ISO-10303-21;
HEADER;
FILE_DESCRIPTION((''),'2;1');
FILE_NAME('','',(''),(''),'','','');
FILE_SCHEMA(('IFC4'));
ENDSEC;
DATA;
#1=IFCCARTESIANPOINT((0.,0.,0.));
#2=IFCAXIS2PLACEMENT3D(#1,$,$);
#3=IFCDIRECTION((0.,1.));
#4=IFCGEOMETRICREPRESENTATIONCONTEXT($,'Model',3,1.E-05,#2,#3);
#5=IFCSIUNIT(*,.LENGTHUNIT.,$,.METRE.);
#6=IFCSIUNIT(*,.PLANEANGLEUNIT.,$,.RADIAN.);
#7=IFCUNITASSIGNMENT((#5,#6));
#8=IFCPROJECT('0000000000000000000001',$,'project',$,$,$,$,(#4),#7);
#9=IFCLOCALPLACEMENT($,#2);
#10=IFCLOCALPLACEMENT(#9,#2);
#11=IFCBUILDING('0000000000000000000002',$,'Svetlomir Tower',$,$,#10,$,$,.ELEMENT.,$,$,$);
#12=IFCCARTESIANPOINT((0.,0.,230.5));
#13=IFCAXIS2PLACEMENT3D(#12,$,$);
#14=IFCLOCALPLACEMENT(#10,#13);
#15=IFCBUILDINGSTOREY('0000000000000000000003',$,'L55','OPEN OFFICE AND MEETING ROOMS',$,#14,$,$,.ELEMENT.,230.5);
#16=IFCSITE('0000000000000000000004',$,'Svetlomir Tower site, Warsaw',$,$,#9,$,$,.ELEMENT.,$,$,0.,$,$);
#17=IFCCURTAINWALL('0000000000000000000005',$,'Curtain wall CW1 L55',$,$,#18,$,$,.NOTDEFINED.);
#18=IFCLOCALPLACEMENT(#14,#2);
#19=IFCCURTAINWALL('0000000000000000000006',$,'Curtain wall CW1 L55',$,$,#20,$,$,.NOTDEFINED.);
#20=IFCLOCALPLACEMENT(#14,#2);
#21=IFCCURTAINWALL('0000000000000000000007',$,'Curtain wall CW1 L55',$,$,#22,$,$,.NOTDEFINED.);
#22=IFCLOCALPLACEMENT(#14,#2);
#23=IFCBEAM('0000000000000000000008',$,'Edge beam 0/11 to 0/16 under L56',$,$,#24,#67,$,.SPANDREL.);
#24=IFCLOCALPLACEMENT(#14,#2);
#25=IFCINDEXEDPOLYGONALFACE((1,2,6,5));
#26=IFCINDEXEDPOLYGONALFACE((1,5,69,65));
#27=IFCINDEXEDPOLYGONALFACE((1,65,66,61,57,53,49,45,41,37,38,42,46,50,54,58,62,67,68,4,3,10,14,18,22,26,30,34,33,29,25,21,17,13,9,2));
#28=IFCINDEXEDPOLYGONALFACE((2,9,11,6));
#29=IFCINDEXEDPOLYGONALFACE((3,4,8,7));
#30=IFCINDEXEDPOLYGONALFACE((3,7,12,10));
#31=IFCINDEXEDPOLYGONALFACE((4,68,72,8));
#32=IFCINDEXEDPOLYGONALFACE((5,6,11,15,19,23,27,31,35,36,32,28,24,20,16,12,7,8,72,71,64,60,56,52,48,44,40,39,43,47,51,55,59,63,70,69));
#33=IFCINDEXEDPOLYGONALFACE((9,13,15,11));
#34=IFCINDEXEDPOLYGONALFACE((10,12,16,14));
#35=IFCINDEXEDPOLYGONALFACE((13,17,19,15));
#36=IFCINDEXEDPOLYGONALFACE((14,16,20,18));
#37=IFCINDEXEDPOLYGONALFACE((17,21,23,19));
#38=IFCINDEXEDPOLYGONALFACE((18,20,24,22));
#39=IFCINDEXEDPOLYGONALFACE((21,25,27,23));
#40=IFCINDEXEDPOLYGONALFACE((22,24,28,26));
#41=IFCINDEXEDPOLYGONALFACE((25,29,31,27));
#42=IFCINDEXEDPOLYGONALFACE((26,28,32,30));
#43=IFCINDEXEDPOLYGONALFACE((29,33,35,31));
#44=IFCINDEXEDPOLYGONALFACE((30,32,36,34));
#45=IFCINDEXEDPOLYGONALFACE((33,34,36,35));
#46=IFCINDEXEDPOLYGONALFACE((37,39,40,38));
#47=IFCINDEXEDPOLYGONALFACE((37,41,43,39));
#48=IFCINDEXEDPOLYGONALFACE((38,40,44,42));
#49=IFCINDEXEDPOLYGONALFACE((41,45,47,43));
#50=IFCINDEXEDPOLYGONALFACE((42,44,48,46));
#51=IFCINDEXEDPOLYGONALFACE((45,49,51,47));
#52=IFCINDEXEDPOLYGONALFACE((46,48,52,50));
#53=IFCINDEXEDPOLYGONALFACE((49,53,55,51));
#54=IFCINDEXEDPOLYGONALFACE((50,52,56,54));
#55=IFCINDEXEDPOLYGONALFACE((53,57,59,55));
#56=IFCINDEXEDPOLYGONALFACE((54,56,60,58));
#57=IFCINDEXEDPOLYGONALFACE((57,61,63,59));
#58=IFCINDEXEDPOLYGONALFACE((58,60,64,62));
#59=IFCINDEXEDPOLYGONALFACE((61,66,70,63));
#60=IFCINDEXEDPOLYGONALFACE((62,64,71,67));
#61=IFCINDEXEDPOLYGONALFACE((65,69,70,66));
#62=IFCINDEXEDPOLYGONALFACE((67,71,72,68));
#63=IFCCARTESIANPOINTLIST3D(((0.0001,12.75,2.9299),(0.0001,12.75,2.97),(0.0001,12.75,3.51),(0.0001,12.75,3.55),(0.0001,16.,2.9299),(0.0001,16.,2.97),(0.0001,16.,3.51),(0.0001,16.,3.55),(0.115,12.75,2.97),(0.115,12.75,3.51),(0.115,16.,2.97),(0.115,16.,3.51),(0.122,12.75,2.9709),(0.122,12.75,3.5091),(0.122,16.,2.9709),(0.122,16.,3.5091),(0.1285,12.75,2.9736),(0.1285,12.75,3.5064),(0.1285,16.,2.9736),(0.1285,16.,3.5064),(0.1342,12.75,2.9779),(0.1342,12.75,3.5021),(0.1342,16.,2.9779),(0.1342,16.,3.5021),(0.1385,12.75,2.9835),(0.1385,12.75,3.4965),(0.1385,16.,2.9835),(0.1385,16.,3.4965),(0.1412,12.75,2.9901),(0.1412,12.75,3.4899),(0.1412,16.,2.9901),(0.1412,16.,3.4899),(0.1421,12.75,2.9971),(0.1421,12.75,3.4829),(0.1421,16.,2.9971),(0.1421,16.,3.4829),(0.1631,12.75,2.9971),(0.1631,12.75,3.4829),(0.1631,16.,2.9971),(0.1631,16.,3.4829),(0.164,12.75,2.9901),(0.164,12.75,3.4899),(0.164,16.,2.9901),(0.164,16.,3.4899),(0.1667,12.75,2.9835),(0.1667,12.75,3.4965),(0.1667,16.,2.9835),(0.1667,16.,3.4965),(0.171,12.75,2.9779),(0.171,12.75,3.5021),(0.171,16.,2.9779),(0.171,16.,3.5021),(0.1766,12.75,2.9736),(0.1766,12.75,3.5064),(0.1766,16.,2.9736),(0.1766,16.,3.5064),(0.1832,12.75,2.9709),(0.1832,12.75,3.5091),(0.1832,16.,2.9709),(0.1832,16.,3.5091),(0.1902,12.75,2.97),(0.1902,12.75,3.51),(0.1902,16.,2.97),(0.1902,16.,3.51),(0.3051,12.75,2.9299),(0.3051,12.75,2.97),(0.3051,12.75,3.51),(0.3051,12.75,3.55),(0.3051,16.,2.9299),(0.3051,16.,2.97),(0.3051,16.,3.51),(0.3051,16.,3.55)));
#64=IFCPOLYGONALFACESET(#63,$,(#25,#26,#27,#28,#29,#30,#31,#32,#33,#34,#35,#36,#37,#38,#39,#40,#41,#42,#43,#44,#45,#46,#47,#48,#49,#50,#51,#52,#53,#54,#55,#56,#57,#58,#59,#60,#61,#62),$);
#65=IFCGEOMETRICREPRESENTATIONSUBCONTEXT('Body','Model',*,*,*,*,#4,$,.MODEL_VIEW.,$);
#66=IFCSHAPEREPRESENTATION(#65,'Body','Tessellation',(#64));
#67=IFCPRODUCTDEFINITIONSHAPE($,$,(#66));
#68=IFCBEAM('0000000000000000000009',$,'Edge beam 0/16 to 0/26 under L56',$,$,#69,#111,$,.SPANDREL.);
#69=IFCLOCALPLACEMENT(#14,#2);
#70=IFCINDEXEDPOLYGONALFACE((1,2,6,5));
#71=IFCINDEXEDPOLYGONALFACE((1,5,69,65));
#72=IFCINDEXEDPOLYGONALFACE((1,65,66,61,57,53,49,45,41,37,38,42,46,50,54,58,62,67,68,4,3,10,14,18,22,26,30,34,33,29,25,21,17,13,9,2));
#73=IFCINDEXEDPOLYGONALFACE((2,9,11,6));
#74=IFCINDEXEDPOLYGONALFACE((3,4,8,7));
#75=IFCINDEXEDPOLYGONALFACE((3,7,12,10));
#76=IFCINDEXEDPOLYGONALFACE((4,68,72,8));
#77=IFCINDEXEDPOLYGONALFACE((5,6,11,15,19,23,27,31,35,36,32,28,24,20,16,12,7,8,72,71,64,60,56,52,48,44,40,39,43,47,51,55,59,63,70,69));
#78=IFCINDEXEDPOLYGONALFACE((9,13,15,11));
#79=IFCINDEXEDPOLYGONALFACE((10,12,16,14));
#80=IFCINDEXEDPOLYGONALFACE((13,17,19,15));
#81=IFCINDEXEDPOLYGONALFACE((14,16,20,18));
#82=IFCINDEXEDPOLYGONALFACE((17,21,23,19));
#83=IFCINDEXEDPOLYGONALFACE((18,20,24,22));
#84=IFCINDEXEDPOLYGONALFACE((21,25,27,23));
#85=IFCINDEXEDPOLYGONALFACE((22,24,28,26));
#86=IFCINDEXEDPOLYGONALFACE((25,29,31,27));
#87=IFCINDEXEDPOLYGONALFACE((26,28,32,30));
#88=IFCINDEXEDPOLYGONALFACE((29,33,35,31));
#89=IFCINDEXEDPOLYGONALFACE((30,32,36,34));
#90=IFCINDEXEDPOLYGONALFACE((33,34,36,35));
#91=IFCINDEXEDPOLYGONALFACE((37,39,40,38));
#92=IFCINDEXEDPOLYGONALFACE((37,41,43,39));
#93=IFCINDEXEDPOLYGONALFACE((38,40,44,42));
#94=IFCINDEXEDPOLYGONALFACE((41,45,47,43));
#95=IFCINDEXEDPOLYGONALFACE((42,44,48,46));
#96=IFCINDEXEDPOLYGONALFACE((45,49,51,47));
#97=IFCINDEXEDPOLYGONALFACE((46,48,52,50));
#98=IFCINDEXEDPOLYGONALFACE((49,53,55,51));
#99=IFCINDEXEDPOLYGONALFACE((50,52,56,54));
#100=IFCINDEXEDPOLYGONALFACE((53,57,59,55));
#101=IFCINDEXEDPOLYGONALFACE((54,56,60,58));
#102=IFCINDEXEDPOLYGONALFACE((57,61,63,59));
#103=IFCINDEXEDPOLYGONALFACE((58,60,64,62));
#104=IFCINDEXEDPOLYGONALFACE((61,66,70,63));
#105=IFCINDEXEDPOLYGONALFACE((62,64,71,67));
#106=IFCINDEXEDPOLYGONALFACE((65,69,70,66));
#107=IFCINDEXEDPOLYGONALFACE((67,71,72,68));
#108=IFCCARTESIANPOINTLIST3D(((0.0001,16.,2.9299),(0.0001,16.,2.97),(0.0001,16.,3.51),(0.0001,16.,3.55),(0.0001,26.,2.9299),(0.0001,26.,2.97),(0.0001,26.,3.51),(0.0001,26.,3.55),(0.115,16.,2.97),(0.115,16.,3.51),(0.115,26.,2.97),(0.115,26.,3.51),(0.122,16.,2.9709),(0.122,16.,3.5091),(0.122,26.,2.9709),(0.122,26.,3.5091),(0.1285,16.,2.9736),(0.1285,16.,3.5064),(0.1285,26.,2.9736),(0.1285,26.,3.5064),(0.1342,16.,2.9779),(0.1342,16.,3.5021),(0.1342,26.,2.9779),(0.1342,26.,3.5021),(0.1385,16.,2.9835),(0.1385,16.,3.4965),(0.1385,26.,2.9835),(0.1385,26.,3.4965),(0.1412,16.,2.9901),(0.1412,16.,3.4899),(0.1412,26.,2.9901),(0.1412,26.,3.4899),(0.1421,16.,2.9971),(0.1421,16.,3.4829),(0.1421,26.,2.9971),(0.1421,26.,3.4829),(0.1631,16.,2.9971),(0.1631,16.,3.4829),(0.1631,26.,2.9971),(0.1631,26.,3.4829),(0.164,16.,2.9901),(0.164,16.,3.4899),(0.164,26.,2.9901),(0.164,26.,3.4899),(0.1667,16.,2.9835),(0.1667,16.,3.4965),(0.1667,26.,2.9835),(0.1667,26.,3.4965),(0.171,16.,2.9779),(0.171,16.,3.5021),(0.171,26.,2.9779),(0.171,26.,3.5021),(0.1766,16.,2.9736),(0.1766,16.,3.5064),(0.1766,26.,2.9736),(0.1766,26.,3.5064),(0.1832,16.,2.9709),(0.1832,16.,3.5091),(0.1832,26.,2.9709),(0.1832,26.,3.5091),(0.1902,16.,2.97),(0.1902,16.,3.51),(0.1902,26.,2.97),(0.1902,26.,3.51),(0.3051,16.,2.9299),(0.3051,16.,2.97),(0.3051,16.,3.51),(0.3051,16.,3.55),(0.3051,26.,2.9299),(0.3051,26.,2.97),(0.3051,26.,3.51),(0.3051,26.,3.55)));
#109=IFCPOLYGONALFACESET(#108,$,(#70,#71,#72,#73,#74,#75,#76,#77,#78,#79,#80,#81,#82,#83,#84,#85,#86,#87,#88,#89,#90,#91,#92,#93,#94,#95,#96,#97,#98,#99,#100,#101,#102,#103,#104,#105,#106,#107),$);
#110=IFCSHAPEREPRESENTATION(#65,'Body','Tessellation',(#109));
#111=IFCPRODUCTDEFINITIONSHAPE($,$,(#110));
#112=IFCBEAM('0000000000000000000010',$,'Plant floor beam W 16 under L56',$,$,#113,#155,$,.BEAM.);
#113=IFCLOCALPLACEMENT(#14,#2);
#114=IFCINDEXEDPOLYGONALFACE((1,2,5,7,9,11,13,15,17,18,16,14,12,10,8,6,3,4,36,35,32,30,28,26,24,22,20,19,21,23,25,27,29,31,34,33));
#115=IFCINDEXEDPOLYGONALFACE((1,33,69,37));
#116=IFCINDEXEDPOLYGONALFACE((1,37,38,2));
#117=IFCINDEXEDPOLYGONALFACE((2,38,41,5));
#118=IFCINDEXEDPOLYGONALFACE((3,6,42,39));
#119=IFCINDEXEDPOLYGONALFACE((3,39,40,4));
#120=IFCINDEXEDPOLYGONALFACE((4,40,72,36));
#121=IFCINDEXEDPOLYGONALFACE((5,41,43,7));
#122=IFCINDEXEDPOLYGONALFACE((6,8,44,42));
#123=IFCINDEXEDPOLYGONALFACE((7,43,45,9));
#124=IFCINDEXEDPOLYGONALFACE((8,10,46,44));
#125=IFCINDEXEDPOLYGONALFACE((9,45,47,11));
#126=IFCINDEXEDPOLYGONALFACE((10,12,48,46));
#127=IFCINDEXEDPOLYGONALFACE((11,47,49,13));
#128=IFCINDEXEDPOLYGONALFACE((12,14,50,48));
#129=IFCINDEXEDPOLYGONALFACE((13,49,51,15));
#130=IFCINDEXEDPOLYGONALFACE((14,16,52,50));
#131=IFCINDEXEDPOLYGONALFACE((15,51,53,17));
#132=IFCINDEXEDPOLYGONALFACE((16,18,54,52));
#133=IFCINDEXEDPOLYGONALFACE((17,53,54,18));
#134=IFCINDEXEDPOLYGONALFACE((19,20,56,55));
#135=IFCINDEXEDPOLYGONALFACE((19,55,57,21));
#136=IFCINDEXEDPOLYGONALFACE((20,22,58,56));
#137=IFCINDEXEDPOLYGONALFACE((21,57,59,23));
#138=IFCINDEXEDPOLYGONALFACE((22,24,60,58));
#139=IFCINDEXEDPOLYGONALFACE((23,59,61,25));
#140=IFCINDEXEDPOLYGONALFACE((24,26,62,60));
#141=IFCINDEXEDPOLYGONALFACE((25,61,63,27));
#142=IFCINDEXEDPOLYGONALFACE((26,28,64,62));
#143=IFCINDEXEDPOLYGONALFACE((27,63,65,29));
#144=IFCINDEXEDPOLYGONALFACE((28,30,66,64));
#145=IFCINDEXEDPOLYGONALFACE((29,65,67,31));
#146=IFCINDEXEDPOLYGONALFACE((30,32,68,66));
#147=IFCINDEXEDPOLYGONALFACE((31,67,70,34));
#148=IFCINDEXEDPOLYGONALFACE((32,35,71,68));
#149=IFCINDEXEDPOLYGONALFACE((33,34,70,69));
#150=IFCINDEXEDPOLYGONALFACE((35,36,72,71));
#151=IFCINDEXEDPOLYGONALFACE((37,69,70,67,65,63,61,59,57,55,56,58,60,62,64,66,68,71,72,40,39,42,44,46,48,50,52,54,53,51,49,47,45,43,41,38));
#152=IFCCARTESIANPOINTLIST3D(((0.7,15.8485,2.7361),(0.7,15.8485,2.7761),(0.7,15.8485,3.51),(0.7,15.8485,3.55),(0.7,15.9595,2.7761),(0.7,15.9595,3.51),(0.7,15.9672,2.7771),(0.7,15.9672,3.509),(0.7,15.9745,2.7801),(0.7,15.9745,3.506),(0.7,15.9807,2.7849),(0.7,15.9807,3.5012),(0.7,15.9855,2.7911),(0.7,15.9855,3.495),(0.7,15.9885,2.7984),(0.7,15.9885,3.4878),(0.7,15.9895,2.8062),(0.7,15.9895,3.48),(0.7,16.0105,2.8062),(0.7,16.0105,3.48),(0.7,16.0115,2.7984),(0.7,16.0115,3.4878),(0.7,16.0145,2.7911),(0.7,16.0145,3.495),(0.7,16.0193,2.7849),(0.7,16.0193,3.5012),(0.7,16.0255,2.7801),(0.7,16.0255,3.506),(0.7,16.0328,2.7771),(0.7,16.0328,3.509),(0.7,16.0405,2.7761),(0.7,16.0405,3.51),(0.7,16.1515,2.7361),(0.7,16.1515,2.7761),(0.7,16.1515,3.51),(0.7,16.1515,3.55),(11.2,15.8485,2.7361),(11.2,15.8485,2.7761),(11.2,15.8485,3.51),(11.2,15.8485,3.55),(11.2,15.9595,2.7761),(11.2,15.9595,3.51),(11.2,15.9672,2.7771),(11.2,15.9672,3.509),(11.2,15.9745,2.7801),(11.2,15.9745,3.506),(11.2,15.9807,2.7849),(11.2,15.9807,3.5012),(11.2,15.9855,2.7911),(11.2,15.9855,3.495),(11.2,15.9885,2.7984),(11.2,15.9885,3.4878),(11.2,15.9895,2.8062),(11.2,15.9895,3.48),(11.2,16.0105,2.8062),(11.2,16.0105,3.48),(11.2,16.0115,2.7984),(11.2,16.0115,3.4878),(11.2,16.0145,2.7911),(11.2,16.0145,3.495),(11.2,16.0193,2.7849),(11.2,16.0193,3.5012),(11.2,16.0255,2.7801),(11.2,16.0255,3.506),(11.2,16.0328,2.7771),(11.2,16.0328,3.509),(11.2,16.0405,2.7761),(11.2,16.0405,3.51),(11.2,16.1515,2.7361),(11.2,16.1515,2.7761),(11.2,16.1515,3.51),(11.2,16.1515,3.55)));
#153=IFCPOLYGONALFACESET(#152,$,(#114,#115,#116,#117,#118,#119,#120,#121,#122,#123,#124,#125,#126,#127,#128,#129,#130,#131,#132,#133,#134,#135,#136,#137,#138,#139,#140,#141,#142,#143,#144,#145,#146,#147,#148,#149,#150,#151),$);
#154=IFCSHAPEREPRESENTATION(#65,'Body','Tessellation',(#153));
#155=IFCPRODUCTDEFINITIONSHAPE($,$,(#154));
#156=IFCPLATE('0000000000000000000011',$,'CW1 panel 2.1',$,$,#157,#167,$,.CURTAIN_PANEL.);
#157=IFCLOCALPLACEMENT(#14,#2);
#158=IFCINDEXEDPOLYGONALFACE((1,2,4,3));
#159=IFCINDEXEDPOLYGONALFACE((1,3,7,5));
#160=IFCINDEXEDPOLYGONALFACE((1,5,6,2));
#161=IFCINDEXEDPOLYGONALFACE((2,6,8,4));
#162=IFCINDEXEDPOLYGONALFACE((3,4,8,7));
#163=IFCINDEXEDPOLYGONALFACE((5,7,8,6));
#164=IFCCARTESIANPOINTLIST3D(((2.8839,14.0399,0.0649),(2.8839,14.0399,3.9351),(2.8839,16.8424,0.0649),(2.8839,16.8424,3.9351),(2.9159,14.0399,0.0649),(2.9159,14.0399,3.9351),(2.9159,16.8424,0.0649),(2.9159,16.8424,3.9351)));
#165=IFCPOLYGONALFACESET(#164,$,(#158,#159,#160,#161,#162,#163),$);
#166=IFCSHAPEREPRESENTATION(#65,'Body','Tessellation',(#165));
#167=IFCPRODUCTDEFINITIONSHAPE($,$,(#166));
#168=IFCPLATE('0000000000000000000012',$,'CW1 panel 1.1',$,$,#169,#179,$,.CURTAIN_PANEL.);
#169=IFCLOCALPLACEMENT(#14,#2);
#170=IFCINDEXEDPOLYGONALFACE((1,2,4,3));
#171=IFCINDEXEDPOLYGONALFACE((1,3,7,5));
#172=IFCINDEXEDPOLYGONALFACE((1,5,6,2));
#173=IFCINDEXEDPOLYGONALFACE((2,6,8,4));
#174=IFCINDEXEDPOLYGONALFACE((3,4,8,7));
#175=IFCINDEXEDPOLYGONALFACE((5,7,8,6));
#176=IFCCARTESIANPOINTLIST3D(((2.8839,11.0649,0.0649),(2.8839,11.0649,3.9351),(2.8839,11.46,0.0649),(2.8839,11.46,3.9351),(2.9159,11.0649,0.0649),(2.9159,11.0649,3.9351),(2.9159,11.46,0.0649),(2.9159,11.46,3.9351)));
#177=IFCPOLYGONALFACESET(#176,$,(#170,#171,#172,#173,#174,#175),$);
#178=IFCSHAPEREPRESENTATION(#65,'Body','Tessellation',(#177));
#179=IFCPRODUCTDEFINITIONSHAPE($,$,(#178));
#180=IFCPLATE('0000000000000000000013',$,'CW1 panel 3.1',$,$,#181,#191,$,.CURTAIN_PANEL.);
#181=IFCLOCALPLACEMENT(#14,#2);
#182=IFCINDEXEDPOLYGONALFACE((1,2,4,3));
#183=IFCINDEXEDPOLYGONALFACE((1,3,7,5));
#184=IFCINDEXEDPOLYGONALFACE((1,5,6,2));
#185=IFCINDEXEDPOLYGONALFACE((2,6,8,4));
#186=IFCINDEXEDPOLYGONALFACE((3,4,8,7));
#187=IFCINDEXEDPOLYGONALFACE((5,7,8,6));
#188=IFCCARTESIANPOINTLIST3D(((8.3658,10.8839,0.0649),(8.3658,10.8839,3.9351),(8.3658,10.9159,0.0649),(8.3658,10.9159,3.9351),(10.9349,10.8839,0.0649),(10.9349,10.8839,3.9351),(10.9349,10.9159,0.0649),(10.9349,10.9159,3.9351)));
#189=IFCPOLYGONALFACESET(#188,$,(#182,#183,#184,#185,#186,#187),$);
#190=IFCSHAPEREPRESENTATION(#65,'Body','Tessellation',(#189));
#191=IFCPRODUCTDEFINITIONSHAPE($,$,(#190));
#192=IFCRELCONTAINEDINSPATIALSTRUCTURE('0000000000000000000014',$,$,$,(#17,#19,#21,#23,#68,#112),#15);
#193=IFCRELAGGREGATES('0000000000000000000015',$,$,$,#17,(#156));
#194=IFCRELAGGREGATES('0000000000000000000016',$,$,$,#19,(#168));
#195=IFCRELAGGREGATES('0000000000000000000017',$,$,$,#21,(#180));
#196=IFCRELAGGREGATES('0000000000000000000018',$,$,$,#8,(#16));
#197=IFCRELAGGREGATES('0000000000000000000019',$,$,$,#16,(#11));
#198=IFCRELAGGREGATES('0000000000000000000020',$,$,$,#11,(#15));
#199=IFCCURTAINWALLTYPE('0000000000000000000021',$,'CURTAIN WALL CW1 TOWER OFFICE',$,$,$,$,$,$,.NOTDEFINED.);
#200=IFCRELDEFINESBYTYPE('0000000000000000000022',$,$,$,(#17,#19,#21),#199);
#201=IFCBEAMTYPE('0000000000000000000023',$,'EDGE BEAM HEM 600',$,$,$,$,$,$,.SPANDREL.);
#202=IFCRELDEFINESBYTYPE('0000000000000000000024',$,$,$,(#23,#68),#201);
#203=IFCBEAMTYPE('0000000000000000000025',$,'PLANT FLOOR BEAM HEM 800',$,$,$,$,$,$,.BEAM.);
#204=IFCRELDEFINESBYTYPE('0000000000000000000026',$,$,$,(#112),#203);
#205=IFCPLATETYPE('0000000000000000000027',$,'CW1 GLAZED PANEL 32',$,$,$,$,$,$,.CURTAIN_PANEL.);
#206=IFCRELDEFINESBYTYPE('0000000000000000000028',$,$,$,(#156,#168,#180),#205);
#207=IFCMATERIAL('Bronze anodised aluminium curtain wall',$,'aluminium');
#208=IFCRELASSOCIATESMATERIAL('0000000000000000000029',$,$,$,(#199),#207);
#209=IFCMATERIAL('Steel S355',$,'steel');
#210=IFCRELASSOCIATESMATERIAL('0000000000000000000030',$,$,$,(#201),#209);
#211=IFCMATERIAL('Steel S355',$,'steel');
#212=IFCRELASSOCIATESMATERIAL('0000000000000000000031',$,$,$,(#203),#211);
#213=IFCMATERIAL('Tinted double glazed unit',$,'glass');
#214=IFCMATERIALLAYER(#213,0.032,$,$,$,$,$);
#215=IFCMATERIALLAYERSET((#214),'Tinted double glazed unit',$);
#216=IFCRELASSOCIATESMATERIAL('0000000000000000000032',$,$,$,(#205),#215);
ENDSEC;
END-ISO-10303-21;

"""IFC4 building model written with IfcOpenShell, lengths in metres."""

from ifc_helpers import new_model, si_unit, direction, frame, origin, origin_2d, place, context, subcontext, project, spatial, rectangle, i_section, extrude, material, layer, layer_set, material_profile, profile_set, type_object, element, aggregate, save


model = new_model("IFC4")

# Units and contexts
model_context = context("Model", 3, precision=1e-05, world=origin(), true_north=direction((0.0, 1.0)))
body_context = subcontext(model_context, "Body", "Model", "MODEL_VIEW")
ifc_project = project(units=[si_unit("LENGTHUNIT", "METRE"), si_unit("PLANEANGLEUNIT", "RADIAN")], contexts=[model_context])

# Site, building, storey
site_placement = place(None, origin())
site = spatial("IfcSite", under=ifc_project, at=site_placement, Name="Svetlomir Tower site, Warsaw", CompositionType="ELEMENT", RefElevation=0.0)
building_placement = place(site_placement, origin())
building = spatial("IfcBuilding", under=site, at=building_placement, Name="Svetlomir Tower", CompositionType="ELEMENT")
storey_placement = place(building_placement, frame((0.0, 0.0, 230.5)))
storey = spatial("IfcBuildingStorey", under=building, at=storey_placement, Name="L55", Description="OPEN OFFICE AND MEETING ROOMS", CompositionType="ELEMENT", Elevation=230.5)

# Curtain wall
ifc_material_1 = material(Name="Bronze anodised aluminium curtain wall", Category="aluminium")
curtain_wall_type = type_object("IfcCurtainWallType", Name="CURTAIN WALL CW1 TOWER OFFICE", PredefinedType="NOTDEFINED", material=ifc_material_1)
curtain_wall_1_placement = place(storey_placement, origin())
curtain_wall_1 = element("IfcCurtainWall", 1, at=curtain_wall_1_placement, inside=storey, type_object=curtain_wall_type, Name="Curtain wall CW1 L55", PredefinedType="NOTDEFINED")

# Curtain wall
curtain_wall_2_placement = place(storey_placement, origin())
curtain_wall_2 = element("IfcCurtainWall", 2, at=curtain_wall_2_placement, inside=storey, type_object=curtain_wall_type, Name="Curtain wall CW1 L55", PredefinedType="NOTDEFINED")

# Curtain wall
curtain_wall_3_placement = place(storey_placement, origin())
curtain_wall_3 = element("IfcCurtainWall", 3, at=curtain_wall_3_placement, inside=storey, type_object=curtain_wall_type, Name="Curtain wall CW1 L55", PredefinedType="NOTDEFINED")

# Beams
ifc_material_2 = material(Name="Steel S355", Category="steel")
ifc_material_profile_1 = material_profile(ifc_material_2, i_section(OverallWidth=0.3049, OverallDepth=0.6201, WebThickness=0.021, FlangeThickness=0.04, FilletRadius=0.0271, at=origin_2d()), Name="HEM 600")
ifc_profile_set_1 = profile_set([ifc_material_profile_1], Name="Steel S355")
beam_type_1 = type_object("IfcBeamType", Name="EDGE BEAM HEM 600", PredefinedType="SPANDREL", material=ifc_profile_set_1)
beam_1_placement = place(storey_placement, frame((0.1526, 12.75, 3.24), z_axis=(0.0, 1.0, 0.0), x_axis=(-1.0, 0.0, 0.0)))
element("IfcBeam", 4, at=beam_1_placement, inside=storey, type_object=beam_type_1, Name="Edge beam 0/11 to 0/16 under L56", PredefinedType="SPANDREL", context=body_context, shape_type="SweptSolid", body=[
    extrude(i_section(OverallWidth=0.3049, OverallDepth=0.6201, WebThickness=0.021, FlangeThickness=0.04, FilletRadius=0.0271, at=origin_2d()), origin(), (0.0, 0.0, 1.0), 3.25),
])
beam_2_placement = place(storey_placement, frame((0.1526, 16.0, 3.24), z_axis=(0.0, 1.0, 0.0), x_axis=(-1.0, 0.0, 0.0)))
element("IfcBeam", 5, at=beam_2_placement, inside=storey, type_object=beam_type_1, Name="Edge beam 0/16 to 0/26 under L56", PredefinedType="SPANDREL", context=body_context, shape_type="SweptSolid", body=[
    extrude(i_section(OverallWidth=0.3049, OverallDepth=0.6201, WebThickness=0.021, FlangeThickness=0.04, FilletRadius=0.0271, at=origin_2d()), origin(), (0.0, 0.0, 1.0), 10.0),
])
ifc_material_3 = material(Name="Steel S355", Category="steel")
ifc_material_profile_2 = material_profile(ifc_material_3, i_section(OverallWidth=0.303, OverallDepth=0.814, WebThickness=0.021, FlangeThickness=0.04, FilletRadius=0.03, at=origin_2d()), Name="HEM 800")
ifc_profile_set_2 = profile_set([ifc_material_profile_2], Name="Steel S355")
beam_type_2 = type_object("IfcBeamType", Name="PLANT FLOOR BEAM HEM 800", PredefinedType="BEAM", material=ifc_profile_set_2)
beam_3_placement = place(storey_placement, frame((0.7, 16.0, 3.1431), z_axis=(1.0, 0.0, 0.0), x_axis=(0.0, 1.0, 0.0)))
element("IfcBeam", 6, at=beam_3_placement, inside=storey, type_object=beam_type_2, Name="Plant floor beam W 16 under L56", PredefinedType="BEAM", context=body_context, shape_type="SweptSolid", body=[
    extrude(i_section(OverallWidth=0.303, OverallDepth=0.814, WebThickness=0.021, FlangeThickness=0.04, FilletRadius=0.03, at=origin_2d()), origin(), (0.0, 0.0, 1.0), 10.5),
])

# Plates
ifc_material_4 = material(Name="Tinted double glazed unit", Category="glass")
ifc_layer_1 = layer(ifc_material_4, 0.032)
ifc_layer_set_1 = layer_set([ifc_layer_1], Name="Tinted double glazed unit")
plate_type = type_object("IfcPlateType", Name="CW1 GLAZED PANEL 32", PredefinedType="CURTAIN_PANEL", material=ifc_layer_set_1)
plate_1_placement = place(storey_placement, frame((2.8999, 15.4412, 0.0649), z_axis=(0.0, 0.0, 1.0), x_axis=(0.0, -1.0, 0.0)))
plate_1 = element("IfcPlate", 7, at=plate_1_placement, type_object=plate_type, Name="CW1 panel 2.1", PredefinedType="CURTAIN_PANEL", context=body_context, shape_type="SweptSolid", body=[
    extrude(rectangle(XDim=2.8025, YDim=0.032, at=origin_2d()), origin(), (0.0, 0.0, 1.0), 3.8701),
])
aggregate(curtain_wall_1, [plate_1])
plate_2_placement = place(storey_placement, frame((2.8999, 11.2625, 0.0649), z_axis=(0.0, 0.0, 1.0), x_axis=(0.0, -1.0, 0.0)))
plate_2 = element("IfcPlate", 8, at=plate_2_placement, type_object=plate_type, Name="CW1 panel 1.1", PredefinedType="CURTAIN_PANEL", context=body_context, shape_type="SweptSolid", body=[
    extrude(rectangle(XDim=0.395, YDim=0.032, at=origin_2d()), origin(), (0.0, 0.0, 1.0), 3.8701),
])
aggregate(curtain_wall_2, [plate_2])
plate_3_placement = place(storey_placement, frame((9.6504, 10.8999, 0.0649), z_axis=(0.0, 0.0, 1.0), x_axis=(1.0, 0.0, 0.0)))
plate_3 = element("IfcPlate", 9, at=plate_3_placement, type_object=plate_type, Name="CW1 panel 3.1", PredefinedType="CURTAIN_PANEL", context=body_context, shape_type="SweptSolid", body=[
    extrude(rectangle(XDim=2.5691, YDim=0.032, at=origin_2d()), origin(), (0.0, 0.0, 1.0), 3.8701),
])
aggregate(curtain_wall_3, [plate_3])

save(model, "model.ifc")
